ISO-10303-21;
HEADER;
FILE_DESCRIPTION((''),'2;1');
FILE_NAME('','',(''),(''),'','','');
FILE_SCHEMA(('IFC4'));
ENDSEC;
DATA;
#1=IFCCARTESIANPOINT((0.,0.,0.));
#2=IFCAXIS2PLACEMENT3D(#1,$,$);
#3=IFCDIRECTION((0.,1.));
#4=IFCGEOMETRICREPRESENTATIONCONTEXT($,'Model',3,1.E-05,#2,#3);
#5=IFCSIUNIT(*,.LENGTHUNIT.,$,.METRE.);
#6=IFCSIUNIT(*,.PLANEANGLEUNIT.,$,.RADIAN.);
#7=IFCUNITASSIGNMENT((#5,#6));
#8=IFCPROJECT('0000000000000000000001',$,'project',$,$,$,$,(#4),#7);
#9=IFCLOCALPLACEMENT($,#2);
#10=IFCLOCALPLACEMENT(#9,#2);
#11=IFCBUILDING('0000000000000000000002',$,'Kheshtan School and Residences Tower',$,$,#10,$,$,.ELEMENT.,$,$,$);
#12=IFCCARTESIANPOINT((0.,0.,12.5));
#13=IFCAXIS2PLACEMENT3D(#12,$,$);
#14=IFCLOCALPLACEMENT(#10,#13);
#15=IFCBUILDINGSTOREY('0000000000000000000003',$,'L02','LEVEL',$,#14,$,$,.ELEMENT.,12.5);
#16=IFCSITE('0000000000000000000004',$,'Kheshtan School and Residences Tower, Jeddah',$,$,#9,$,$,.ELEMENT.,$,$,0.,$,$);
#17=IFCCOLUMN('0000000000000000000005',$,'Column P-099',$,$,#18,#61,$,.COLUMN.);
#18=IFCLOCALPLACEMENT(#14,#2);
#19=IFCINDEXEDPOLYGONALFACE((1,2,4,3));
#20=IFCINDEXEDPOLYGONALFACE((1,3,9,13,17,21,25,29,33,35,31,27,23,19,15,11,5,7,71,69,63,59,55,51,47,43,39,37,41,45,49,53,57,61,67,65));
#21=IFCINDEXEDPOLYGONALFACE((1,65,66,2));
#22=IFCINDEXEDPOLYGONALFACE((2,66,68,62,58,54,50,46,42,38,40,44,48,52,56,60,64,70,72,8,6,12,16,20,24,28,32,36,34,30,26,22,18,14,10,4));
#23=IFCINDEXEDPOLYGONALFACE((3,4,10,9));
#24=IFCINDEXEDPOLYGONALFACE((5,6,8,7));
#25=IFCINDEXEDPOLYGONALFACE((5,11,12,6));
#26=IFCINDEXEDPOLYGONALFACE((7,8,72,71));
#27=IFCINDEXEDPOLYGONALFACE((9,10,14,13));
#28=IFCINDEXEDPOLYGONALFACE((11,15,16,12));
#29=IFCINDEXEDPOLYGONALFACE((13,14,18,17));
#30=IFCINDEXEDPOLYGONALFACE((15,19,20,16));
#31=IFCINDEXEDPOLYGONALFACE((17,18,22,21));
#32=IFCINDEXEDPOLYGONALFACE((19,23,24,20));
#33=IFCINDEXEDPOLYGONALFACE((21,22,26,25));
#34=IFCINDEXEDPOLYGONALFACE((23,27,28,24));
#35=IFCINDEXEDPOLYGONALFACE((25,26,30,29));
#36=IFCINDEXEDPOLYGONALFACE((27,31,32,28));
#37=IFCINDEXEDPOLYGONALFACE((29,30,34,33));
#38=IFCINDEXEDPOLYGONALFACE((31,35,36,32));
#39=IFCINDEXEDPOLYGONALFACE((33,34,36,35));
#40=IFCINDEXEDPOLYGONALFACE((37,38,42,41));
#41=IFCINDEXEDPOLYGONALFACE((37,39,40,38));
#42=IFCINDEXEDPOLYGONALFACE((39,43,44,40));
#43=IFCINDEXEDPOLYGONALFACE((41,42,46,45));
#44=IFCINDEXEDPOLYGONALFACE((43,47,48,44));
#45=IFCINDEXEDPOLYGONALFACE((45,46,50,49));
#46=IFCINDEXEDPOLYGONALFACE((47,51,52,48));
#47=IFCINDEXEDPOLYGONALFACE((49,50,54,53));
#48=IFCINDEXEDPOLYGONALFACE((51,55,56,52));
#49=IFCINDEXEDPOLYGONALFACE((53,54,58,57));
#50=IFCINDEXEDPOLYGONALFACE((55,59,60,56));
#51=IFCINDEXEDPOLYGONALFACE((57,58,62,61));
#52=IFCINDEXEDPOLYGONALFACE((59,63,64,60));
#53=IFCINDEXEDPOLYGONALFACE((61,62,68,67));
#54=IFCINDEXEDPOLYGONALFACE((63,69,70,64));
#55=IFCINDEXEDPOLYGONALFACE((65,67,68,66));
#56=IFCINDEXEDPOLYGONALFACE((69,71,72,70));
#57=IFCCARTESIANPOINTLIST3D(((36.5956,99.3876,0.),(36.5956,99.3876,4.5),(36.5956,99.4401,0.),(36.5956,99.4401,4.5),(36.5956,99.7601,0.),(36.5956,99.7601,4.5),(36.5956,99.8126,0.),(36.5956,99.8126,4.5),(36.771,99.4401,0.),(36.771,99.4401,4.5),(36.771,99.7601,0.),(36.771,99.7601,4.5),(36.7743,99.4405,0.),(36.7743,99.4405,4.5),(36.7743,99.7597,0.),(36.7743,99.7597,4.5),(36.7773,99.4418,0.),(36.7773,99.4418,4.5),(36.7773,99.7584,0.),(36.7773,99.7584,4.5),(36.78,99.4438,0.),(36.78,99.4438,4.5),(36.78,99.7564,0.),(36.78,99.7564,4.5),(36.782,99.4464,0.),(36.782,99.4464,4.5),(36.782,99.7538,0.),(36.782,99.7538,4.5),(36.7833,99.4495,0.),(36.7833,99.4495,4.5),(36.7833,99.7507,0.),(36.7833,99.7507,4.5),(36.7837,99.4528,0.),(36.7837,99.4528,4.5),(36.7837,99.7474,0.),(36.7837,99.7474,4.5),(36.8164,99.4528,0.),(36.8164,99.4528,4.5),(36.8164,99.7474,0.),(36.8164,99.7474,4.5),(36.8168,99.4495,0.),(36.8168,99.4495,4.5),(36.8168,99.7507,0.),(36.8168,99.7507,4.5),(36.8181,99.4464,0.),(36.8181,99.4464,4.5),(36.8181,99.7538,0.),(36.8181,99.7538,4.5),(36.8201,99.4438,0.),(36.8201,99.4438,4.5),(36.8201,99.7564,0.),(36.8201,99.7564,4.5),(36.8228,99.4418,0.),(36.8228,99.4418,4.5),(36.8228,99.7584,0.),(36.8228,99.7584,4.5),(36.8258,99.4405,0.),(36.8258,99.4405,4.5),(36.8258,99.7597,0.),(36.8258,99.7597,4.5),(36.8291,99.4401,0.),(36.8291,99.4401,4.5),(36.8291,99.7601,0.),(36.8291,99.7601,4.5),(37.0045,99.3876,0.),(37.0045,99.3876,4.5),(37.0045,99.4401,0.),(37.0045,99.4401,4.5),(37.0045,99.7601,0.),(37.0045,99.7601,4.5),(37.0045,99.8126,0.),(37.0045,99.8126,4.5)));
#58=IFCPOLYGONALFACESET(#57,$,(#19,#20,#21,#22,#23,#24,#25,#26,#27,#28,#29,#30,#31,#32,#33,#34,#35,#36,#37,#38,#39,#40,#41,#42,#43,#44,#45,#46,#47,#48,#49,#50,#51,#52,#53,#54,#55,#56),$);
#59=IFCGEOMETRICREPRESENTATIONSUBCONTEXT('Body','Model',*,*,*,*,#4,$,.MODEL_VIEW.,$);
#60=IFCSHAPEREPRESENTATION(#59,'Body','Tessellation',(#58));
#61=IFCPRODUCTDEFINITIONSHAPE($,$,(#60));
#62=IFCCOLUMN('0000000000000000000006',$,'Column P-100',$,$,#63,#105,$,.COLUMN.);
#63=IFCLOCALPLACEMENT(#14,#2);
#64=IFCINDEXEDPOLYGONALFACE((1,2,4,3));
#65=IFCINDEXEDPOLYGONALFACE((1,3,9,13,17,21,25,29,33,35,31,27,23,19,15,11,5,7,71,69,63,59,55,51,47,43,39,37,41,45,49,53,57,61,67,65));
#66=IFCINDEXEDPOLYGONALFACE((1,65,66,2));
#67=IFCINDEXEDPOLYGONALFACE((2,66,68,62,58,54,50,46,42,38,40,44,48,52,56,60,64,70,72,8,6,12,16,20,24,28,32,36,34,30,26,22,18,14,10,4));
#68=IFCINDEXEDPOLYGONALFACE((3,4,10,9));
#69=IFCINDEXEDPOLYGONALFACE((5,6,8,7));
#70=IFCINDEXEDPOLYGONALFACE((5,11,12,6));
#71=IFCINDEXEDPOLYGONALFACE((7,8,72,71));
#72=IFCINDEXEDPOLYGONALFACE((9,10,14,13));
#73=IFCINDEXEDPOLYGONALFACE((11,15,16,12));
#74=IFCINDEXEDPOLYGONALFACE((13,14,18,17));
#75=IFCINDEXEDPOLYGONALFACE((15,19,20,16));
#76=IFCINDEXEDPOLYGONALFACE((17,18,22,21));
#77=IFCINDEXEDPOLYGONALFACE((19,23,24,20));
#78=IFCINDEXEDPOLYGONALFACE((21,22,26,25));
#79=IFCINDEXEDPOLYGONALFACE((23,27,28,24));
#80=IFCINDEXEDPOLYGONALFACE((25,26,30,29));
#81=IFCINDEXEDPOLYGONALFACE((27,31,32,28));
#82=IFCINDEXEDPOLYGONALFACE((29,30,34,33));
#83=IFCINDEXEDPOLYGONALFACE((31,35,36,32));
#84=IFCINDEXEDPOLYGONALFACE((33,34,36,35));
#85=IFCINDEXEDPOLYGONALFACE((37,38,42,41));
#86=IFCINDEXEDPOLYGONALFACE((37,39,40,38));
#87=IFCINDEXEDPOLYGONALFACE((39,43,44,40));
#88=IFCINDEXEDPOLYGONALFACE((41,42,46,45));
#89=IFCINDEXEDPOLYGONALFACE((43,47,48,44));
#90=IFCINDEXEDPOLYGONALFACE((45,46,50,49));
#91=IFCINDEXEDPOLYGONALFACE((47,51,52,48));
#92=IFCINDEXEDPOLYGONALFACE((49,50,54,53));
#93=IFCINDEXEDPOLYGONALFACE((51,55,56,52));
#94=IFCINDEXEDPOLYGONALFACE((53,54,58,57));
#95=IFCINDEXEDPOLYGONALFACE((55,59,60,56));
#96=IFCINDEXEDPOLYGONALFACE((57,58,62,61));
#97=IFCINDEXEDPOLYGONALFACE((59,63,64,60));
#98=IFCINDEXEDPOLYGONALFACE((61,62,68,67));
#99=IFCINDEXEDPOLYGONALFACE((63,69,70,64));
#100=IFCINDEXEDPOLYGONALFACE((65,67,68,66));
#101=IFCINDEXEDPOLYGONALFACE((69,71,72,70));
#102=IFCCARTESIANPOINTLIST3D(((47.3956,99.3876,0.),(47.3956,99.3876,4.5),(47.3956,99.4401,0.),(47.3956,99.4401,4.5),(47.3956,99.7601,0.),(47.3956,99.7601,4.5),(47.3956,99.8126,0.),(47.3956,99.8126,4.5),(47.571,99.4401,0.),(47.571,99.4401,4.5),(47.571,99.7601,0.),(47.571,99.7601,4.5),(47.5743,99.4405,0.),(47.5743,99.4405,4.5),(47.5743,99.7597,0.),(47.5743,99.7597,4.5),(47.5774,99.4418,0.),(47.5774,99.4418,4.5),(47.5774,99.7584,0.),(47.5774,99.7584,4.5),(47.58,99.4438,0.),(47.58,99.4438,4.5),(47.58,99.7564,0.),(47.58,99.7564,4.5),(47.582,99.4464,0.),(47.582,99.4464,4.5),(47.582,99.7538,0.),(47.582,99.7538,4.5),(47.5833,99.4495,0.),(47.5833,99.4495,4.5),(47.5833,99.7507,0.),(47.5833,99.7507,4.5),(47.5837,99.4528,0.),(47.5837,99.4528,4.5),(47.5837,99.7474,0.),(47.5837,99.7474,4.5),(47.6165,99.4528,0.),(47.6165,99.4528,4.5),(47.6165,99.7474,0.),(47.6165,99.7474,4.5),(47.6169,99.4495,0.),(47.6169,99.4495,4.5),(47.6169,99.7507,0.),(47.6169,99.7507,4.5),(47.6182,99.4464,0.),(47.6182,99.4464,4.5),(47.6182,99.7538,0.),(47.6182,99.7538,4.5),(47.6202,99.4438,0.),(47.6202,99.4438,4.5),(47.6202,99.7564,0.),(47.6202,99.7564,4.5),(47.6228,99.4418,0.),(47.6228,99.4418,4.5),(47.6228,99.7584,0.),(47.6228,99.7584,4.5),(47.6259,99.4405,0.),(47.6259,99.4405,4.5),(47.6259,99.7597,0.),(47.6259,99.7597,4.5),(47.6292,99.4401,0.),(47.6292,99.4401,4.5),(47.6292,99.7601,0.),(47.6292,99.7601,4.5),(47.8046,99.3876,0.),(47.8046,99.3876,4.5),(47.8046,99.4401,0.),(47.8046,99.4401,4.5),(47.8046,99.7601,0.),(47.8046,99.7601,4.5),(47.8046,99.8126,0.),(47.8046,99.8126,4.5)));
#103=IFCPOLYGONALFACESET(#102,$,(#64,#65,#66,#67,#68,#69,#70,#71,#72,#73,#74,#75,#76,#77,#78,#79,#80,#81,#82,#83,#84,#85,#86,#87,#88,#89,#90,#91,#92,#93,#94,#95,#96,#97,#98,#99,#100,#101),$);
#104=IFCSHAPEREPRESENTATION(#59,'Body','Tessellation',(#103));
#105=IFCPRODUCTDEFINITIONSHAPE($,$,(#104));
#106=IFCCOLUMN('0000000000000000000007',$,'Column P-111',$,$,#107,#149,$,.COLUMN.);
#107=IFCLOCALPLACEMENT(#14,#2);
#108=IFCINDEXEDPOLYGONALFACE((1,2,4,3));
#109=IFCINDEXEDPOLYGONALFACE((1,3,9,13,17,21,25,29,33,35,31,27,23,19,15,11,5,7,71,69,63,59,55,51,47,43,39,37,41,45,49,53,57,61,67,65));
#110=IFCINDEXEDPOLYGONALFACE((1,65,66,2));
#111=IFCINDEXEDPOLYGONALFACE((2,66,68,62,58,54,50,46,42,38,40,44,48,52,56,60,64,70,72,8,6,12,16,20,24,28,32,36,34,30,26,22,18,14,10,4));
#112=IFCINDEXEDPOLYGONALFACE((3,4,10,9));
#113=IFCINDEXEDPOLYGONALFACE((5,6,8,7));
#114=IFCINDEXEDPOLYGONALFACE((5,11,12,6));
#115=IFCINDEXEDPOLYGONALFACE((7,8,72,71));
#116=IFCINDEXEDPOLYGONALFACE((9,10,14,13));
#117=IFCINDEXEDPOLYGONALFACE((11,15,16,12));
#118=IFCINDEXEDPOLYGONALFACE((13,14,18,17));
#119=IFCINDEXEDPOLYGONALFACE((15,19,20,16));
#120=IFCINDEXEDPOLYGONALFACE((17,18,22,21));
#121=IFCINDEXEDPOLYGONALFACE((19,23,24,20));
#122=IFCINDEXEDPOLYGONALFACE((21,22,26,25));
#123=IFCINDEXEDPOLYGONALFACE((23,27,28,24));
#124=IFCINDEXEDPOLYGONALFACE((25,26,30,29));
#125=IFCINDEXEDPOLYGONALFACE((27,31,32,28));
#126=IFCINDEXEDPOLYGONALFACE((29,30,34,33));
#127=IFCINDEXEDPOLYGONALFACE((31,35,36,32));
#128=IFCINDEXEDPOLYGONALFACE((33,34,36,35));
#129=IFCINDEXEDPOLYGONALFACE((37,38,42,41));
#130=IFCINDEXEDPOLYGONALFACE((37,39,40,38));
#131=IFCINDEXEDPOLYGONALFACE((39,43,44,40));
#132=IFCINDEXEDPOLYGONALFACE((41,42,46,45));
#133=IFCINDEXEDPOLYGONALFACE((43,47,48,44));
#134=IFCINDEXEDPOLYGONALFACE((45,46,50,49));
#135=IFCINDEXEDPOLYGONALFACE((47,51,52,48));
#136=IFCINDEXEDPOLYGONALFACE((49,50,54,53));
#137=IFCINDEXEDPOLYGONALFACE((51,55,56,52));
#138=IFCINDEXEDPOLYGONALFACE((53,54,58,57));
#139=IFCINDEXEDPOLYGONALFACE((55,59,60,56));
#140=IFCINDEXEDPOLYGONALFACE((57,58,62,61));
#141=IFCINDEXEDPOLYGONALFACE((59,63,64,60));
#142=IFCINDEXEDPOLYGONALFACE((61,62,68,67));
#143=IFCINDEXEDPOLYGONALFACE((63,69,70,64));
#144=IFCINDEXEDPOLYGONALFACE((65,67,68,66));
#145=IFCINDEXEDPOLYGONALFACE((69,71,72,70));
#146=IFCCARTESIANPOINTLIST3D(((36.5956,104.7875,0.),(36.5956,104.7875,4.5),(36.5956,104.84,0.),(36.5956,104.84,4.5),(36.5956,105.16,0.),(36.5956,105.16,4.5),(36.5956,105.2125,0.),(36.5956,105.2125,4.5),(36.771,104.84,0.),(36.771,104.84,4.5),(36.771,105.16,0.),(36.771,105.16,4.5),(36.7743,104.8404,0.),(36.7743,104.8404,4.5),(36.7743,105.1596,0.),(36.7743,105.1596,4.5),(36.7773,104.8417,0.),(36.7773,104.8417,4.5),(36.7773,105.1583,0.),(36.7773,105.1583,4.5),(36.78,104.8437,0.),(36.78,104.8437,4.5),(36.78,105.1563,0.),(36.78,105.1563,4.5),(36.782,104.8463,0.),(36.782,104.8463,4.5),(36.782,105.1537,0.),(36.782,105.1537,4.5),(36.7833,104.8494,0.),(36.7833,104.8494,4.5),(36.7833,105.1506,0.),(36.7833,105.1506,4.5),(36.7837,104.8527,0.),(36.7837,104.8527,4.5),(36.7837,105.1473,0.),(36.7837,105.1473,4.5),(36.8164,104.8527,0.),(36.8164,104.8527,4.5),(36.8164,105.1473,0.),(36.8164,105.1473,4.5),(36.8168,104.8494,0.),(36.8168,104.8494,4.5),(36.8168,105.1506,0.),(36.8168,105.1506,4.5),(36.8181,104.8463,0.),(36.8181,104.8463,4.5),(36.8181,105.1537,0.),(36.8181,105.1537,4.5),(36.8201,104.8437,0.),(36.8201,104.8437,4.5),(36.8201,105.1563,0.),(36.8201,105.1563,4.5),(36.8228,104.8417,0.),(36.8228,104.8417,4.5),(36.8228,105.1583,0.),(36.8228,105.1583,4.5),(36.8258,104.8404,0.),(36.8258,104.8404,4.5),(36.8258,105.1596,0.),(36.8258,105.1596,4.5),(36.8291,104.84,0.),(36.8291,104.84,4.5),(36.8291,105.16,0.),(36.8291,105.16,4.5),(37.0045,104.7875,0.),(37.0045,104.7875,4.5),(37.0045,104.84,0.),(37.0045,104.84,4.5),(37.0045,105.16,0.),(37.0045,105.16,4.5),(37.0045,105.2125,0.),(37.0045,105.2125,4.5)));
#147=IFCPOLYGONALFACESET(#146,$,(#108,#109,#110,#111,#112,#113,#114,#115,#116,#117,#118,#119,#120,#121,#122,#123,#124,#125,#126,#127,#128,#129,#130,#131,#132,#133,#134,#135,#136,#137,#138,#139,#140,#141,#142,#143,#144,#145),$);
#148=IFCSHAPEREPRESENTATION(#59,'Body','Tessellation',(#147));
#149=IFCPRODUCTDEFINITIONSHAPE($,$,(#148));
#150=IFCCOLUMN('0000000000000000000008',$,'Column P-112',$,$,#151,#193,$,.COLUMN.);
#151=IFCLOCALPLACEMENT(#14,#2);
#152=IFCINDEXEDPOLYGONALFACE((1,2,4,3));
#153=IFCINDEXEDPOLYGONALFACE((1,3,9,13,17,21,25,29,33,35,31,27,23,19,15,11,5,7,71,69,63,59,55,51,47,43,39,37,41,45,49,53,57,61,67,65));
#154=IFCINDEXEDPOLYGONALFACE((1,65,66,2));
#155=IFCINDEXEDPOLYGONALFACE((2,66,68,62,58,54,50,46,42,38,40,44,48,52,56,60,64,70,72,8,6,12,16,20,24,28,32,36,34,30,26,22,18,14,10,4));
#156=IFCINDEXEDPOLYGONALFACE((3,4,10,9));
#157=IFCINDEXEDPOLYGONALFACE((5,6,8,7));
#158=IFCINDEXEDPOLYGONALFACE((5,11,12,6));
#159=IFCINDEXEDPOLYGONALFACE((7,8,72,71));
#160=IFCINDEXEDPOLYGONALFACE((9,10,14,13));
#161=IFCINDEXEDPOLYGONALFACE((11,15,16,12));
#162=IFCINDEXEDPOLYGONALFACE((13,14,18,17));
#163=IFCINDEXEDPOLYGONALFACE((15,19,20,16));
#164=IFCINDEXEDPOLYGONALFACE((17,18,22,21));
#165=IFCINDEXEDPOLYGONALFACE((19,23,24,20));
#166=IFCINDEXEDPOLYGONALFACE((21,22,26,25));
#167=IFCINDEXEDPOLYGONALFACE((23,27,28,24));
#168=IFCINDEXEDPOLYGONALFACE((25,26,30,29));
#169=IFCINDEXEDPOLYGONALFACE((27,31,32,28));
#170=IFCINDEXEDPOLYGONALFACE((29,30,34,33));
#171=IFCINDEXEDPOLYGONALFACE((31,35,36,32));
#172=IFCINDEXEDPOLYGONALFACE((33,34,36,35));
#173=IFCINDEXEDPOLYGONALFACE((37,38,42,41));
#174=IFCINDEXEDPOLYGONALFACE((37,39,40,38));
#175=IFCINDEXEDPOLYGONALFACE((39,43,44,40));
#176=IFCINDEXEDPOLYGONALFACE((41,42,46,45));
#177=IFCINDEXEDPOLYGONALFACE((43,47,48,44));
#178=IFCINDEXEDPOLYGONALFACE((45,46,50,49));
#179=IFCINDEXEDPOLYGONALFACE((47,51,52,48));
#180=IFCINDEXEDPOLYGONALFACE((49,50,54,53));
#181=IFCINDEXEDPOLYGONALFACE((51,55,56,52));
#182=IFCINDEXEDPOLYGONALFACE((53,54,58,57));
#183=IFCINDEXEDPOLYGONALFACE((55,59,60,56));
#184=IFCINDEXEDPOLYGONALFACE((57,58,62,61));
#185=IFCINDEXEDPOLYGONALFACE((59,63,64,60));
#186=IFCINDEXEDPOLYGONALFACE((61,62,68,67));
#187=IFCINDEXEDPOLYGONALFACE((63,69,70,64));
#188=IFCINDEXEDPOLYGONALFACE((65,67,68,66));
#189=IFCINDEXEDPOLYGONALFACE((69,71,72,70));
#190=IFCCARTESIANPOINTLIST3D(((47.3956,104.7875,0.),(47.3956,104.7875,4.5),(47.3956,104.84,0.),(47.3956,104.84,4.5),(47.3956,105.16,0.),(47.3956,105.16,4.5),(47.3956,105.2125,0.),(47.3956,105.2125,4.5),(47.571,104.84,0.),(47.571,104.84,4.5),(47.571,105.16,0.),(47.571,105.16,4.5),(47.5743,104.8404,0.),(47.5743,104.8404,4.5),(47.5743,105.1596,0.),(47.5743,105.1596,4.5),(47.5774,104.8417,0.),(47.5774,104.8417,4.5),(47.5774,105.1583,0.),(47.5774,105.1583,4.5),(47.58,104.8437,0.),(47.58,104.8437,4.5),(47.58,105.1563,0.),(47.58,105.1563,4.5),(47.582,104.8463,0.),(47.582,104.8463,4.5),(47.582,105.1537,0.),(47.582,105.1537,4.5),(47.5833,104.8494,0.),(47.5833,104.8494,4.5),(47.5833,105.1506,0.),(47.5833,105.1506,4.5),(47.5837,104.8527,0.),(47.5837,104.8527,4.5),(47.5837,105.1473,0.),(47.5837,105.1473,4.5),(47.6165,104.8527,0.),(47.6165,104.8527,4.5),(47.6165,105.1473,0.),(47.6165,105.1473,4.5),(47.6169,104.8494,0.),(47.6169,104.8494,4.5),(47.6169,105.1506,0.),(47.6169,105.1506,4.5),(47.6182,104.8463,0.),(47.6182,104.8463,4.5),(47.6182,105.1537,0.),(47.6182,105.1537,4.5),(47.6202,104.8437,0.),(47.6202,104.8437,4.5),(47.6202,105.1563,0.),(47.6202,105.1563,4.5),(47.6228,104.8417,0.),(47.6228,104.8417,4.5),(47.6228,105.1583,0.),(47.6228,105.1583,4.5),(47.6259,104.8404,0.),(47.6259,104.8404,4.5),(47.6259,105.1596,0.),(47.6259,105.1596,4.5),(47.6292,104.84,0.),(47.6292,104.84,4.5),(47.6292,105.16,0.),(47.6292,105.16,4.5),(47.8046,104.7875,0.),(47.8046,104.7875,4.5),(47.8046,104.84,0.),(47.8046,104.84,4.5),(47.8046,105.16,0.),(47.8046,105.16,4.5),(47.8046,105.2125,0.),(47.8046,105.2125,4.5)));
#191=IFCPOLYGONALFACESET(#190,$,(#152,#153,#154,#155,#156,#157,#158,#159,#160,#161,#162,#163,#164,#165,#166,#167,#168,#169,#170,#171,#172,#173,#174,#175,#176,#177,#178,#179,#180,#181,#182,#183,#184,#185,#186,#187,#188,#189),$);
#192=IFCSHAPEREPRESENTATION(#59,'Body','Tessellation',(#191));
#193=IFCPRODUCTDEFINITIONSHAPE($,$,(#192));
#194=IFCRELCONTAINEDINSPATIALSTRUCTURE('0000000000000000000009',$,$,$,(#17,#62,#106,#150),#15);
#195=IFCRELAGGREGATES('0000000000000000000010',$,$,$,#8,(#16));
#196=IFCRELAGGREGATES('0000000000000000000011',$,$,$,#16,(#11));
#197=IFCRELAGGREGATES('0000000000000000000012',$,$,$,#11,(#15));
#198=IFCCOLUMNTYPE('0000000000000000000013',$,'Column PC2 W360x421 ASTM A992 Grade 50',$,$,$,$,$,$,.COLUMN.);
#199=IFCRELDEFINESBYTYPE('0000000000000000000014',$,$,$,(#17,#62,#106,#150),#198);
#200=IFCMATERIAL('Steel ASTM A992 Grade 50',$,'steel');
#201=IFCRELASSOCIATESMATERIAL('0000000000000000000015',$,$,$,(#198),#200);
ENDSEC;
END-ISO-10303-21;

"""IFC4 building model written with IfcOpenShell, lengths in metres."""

from ifc_helpers import new_model, si_unit, direction, frame, origin, origin_2d, place, context, subcontext, project, spatial, i_section, extrude, material, material_profile, profile_set, type_object, element, save


model = new_model("IFC4")

# Units and contexts
model_context = context("Model", 3, precision=1e-05, world=origin(), true_north=direction((0.0, 1.0)))
body_context = subcontext(model_context, "Body", "Model", "MODEL_VIEW")
ifc_project = project(units=[si_unit("LENGTHUNIT", "METRE"), si_unit("PLANEANGLEUNIT", "RADIAN")], contexts=[model_context])

# Site, building, storey
site_placement = place(None, origin())
site = spatial("IfcSite", under=ifc_project, at=site_placement, Name="Kheshtan School and Residences Tower, Jeddah", CompositionType="ELEMENT", RefElevation=0.0)
building_placement = place(site_placement, origin())
building = spatial("IfcBuilding", under=site, at=building_placement, Name="Kheshtan School and Residences Tower", CompositionType="ELEMENT")
storey_placement = place(building_placement, frame((0.0, 0.0, 12.5)))
storey = spatial("IfcBuildingStorey", under=building, at=storey_placement, Name="L02", Description="LEVEL", CompositionType="ELEMENT", Elevation=12.5)

# Columns
ifc_material_1 = material(Name="Steel ASTM A992 Grade 50", Category="steel")
ifc_material_profile_1 = material_profile(ifc_material_1, i_section(OverallWidth=0.4089, OverallDepth=0.425, WebThickness=0.0327, FlangeThickness=0.0525, FilletRadius=0.0127, at=origin_2d()), Name="W360x421")
ifc_profile_set_1 = profile_set([ifc_material_profile_1], Name="Steel ASTM A992 Grade 50")
column_type = type_object("IfcColumnType", Name="Column PC2 W360x421 ASTM A992 Grade 50", PredefinedType="COLUMN", material=ifc_profile_set_1)
for number, where, z_axis, x_axis, name in (
    (1, (36.8, 99.6001, 0.0), (0.0, 0.0, 1.0), (1.0, 0.0, 0.0), "Column P-099"),
    (2, (47.6001, 99.6001, 0.0), (0.0, 0.0, 1.0), (1.0, 0.0, 0.0), "Column P-100"),
    (3, (36.8, 105.0, 0.0), (0.0, 0.0, 1.0), (1.0, 0.0, 0.0), "Column P-111"),
    (4, (47.6001, 105.0, 0.0), (0.0, 0.0, 1.0), (1.0, 0.0, 0.0), "Column P-112"),
):
    element("IfcColumn", number, at=place(storey_placement, frame(where, z_axis=z_axis, x_axis=x_axis)), inside=storey, type_object=column_type, Name=name, PredefinedType="COLUMN", context=body_context, shape_type="SweptSolid", body=[
        extrude(i_section(OverallWidth=0.4089, OverallDepth=0.425, WebThickness=0.0327, FlangeThickness=0.0525, FilletRadius=0.0127, at=origin_2d()), origin(), (0.0, 0.0, 1.0), 4.5),
    ])

save(model, "model.ifc")
